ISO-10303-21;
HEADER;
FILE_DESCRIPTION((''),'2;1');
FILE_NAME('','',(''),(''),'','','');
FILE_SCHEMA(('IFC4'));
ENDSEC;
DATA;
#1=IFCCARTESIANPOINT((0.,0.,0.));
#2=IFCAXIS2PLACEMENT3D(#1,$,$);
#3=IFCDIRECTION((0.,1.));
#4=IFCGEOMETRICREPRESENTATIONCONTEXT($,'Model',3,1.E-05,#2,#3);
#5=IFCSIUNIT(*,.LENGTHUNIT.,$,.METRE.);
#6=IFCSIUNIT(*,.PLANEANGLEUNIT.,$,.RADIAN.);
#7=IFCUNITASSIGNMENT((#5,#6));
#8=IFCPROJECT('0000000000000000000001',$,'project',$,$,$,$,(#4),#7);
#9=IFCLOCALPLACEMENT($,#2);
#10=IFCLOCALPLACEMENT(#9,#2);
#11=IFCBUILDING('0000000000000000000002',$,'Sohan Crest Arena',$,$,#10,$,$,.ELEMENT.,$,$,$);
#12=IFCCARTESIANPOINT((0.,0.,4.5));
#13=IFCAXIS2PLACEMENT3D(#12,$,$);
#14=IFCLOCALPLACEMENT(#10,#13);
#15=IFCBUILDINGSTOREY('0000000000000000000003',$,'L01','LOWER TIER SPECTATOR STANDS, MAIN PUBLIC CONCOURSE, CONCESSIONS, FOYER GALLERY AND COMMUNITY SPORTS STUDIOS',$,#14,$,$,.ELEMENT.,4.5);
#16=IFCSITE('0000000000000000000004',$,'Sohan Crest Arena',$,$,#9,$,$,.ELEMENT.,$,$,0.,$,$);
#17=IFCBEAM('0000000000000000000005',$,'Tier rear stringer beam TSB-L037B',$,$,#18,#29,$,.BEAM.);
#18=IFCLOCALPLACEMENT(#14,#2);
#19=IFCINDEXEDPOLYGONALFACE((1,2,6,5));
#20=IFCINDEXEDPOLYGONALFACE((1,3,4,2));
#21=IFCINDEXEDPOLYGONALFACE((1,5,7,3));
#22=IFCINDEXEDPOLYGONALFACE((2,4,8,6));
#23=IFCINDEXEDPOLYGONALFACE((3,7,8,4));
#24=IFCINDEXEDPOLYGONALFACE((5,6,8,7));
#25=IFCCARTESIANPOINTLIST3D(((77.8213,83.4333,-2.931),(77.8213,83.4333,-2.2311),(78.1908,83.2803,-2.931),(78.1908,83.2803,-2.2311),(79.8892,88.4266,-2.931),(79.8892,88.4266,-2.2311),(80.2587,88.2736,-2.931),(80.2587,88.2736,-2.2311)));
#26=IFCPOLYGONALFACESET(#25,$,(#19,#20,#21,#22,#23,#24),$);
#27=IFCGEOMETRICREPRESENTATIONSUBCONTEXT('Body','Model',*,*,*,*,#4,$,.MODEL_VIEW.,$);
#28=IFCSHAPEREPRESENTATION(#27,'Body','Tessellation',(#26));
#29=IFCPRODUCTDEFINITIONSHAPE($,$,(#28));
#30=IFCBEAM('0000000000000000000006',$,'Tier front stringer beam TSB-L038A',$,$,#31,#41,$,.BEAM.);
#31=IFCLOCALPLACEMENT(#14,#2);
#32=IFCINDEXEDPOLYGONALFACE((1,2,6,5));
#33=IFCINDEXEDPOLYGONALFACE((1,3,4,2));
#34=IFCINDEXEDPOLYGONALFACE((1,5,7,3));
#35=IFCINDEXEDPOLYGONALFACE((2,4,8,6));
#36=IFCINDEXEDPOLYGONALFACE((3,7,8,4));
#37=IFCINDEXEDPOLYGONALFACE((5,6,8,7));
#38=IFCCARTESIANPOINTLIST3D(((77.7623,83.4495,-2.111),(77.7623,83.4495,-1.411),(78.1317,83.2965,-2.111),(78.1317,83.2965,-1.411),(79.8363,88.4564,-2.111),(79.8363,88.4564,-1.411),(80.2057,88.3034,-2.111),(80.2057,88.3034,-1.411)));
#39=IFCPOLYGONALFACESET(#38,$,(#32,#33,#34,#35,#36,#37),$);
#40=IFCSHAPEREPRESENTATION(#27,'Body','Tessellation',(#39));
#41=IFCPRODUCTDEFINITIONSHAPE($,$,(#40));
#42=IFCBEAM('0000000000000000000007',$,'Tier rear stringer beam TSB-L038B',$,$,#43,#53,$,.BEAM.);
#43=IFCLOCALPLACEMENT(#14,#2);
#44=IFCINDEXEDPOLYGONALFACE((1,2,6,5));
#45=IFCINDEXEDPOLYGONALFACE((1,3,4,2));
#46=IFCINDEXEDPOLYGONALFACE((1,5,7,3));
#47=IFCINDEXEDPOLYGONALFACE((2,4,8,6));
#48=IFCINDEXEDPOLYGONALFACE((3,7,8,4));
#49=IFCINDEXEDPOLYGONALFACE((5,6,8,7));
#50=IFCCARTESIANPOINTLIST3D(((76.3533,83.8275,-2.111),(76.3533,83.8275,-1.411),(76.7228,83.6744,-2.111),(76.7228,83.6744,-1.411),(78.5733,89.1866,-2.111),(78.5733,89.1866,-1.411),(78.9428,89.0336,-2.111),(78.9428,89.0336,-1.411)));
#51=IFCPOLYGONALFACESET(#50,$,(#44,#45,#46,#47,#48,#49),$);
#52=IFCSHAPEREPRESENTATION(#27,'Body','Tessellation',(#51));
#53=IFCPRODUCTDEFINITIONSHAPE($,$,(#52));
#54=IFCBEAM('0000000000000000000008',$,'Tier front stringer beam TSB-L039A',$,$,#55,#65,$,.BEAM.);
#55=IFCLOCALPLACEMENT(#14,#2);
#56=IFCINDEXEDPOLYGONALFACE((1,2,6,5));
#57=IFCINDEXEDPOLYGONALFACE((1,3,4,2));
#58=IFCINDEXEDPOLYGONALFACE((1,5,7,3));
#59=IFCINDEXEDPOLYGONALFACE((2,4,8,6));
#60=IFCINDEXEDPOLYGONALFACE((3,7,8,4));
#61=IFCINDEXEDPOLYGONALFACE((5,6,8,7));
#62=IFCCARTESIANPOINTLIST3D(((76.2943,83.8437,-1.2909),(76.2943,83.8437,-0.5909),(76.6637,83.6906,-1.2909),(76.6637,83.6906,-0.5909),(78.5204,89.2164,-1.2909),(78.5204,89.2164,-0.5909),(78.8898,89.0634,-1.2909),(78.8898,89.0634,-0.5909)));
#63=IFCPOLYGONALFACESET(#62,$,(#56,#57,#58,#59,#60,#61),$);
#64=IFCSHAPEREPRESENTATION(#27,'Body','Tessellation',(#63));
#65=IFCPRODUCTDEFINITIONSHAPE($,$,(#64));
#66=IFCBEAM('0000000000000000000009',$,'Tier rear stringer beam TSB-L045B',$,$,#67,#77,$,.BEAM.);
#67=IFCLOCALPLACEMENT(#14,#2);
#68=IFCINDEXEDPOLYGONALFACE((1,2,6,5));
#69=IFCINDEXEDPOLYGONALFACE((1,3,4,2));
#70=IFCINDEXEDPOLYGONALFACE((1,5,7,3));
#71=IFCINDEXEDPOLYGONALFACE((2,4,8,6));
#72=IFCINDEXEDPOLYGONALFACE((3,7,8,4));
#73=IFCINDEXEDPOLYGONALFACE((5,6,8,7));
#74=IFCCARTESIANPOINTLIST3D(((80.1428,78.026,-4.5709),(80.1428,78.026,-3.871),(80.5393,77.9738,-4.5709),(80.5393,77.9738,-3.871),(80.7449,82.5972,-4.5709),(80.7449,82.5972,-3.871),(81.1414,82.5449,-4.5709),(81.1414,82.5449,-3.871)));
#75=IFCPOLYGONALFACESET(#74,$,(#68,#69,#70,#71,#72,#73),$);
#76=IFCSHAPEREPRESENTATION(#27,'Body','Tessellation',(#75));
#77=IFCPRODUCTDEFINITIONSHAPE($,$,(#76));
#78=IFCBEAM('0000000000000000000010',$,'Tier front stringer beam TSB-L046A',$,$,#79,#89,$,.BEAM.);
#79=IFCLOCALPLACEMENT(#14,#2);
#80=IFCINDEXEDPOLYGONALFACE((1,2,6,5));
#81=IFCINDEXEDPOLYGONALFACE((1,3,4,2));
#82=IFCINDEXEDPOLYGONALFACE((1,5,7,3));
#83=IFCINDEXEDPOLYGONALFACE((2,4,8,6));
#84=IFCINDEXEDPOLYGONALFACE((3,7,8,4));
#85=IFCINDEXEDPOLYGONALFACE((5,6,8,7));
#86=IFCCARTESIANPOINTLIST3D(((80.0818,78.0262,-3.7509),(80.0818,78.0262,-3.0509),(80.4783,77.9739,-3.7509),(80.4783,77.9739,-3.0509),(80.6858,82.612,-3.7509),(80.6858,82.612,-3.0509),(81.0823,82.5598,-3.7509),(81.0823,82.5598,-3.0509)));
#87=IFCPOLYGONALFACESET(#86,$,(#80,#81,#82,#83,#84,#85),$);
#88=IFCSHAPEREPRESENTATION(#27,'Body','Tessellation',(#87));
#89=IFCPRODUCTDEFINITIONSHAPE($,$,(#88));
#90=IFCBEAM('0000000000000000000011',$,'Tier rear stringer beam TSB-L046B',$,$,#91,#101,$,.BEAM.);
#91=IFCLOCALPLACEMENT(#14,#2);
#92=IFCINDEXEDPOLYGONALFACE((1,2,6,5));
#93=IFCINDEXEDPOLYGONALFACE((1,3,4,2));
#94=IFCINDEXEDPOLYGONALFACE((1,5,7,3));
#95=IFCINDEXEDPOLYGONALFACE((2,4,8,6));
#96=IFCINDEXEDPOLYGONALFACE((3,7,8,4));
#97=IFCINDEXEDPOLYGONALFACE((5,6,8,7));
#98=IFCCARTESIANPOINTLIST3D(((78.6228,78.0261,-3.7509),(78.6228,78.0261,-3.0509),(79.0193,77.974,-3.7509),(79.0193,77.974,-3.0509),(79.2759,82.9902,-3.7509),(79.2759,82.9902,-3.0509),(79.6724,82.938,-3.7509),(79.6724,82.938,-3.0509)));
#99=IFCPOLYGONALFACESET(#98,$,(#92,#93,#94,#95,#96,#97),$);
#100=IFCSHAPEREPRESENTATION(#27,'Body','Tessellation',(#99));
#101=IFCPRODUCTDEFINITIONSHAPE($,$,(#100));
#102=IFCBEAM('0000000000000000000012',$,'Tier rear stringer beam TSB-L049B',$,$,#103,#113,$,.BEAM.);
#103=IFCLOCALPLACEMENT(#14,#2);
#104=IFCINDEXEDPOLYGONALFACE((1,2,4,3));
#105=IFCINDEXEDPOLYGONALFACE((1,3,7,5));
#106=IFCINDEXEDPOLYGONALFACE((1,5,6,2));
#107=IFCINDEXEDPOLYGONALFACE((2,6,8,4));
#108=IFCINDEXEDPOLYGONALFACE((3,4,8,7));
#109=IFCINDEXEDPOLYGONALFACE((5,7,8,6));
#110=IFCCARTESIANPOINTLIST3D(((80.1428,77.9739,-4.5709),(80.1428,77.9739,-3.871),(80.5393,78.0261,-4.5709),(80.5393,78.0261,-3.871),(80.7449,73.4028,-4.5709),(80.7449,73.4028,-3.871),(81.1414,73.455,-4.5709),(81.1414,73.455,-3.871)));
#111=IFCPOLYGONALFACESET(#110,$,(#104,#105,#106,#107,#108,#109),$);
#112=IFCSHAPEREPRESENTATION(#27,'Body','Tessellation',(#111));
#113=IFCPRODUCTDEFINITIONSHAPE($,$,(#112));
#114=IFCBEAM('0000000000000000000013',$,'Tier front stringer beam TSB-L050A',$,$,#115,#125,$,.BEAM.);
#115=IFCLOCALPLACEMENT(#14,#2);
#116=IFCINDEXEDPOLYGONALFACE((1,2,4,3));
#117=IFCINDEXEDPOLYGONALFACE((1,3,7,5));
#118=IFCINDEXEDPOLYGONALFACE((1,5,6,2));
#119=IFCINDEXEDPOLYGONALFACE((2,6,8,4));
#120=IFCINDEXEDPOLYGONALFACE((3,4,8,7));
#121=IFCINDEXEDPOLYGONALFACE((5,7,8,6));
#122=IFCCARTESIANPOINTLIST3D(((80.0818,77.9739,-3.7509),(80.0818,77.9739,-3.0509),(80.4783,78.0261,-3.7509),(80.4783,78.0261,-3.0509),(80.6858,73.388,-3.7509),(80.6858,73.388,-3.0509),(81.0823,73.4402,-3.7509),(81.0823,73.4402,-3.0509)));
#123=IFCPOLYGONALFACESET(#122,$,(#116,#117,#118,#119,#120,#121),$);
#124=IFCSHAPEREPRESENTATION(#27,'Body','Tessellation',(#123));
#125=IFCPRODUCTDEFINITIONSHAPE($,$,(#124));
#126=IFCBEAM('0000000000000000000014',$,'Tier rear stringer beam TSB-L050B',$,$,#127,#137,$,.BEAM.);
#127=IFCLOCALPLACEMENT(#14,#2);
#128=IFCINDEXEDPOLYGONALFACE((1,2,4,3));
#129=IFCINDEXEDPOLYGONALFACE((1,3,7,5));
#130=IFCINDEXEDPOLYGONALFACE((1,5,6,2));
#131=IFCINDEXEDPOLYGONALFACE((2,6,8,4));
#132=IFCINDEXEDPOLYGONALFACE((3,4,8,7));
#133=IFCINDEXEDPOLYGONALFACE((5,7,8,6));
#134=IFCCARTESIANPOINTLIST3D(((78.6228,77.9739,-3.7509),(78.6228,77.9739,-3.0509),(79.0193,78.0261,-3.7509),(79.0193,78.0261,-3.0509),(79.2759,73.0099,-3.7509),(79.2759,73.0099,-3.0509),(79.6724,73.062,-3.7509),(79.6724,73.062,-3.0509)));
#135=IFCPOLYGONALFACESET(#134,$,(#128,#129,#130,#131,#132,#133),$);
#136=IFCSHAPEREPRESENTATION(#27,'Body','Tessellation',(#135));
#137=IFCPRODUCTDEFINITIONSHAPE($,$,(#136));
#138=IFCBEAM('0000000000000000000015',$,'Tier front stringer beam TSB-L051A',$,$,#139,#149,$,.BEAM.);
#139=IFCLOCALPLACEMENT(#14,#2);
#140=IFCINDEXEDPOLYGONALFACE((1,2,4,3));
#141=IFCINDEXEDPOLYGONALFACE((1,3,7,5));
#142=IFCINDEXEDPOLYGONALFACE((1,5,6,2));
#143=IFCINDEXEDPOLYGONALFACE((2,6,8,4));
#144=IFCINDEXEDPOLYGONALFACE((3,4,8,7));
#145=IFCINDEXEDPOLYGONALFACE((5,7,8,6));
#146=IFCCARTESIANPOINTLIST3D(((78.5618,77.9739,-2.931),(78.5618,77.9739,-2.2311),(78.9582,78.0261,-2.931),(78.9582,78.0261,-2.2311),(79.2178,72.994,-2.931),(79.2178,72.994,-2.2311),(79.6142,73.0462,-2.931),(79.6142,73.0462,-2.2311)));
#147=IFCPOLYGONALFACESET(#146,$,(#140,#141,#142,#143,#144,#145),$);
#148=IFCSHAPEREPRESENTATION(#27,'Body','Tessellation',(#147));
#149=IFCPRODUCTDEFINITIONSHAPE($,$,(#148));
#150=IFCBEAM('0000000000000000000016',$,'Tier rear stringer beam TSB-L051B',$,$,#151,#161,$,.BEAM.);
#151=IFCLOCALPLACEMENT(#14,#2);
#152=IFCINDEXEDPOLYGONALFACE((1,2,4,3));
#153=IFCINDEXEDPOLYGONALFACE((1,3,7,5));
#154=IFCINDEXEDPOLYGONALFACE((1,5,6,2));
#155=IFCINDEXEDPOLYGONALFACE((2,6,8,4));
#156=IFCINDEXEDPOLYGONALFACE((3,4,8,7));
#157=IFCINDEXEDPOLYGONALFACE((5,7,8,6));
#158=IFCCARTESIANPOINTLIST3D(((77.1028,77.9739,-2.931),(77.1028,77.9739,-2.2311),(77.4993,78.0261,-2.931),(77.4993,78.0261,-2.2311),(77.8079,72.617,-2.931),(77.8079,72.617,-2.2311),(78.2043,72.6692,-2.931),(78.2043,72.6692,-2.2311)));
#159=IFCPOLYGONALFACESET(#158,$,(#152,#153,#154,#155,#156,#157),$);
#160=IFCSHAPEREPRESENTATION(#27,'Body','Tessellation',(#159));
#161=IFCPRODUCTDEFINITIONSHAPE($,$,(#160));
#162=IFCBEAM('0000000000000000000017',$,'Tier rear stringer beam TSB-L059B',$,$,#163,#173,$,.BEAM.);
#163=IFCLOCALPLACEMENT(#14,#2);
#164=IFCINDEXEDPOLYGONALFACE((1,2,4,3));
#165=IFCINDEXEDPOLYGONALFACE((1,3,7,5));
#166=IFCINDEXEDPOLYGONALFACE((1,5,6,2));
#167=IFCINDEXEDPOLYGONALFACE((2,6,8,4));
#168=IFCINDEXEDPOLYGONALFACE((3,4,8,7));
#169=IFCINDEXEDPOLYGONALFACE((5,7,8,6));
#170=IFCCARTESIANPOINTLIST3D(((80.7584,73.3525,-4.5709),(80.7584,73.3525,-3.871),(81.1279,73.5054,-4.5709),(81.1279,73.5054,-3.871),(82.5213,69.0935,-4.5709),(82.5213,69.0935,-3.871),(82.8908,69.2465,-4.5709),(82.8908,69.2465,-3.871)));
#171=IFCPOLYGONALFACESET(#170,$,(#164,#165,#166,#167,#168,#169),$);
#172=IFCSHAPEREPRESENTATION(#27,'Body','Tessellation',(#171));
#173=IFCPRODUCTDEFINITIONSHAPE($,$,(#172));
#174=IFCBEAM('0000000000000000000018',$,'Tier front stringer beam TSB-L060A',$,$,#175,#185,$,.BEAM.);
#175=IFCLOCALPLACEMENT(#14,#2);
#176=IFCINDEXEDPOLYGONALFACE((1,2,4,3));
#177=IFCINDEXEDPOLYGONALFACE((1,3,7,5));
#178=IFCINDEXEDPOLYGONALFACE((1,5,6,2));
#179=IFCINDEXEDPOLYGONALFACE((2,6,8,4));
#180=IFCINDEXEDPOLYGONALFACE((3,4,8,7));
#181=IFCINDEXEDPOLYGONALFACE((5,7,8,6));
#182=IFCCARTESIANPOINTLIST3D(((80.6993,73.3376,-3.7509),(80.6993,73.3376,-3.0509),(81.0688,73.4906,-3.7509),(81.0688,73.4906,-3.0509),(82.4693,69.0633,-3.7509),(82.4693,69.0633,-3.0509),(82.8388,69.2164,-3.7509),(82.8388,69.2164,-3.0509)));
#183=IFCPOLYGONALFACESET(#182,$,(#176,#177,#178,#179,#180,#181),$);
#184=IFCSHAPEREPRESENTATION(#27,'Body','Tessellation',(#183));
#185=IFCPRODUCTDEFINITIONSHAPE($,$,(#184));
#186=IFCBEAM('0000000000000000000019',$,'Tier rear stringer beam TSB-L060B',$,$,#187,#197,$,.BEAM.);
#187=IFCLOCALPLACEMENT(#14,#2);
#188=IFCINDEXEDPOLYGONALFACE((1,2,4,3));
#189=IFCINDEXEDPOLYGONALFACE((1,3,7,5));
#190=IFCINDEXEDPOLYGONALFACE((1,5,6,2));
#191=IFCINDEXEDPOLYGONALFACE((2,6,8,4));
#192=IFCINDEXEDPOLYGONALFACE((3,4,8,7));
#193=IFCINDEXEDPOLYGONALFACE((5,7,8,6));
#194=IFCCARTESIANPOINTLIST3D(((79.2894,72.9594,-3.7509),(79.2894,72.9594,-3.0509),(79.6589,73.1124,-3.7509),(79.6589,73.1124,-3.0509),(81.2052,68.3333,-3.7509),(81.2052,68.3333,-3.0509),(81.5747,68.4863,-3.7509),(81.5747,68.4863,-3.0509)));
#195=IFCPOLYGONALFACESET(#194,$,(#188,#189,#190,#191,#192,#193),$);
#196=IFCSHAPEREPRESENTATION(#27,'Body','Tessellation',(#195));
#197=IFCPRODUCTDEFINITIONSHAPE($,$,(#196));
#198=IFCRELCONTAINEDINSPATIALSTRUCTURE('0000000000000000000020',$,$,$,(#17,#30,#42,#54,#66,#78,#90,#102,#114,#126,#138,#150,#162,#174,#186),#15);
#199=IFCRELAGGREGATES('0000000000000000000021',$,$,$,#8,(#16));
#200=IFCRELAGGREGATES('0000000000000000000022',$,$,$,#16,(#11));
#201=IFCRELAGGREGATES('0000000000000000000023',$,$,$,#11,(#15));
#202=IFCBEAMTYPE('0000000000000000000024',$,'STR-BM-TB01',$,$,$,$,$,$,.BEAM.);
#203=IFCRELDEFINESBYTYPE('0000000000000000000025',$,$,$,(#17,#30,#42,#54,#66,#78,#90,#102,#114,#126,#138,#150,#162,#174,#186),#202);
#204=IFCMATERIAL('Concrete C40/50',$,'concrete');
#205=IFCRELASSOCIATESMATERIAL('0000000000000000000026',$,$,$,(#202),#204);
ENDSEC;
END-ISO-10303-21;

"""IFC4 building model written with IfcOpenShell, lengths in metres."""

from ifc_helpers import new_model, si_unit, direction, frame, origin, origin_2d, place, context, subcontext, project, spatial, rectangle, extrude, material, material_profile, profile_set, type_object, element, save


model = new_model("IFC4")

# Units and contexts
model_context = context("Model", 3, precision=1e-05, world=origin(), true_north=direction((0.0, 1.0)))
body_context = subcontext(model_context, "Body", "Model", "MODEL_VIEW")
ifc_project = project(units=[si_unit("LENGTHUNIT", "METRE"), si_unit("PLANEANGLEUNIT", "RADIAN")], contexts=[model_context])

# Site, building, storey
site_placement = place(None, origin())
site = spatial("IfcSite", under=ifc_project, at=site_placement, Name="Sohan Crest Arena", CompositionType="ELEMENT", RefElevation=0.0)
building_placement = place(site_placement, origin())
building = spatial("IfcBuilding", under=site, at=building_placement, Name="Sohan Crest Arena", CompositionType="ELEMENT")
storey_placement = place(building_placement, frame((0.0, 0.0, 4.5)))
storey = spatial("IfcBuildingStorey", under=building, at=storey_placement, Name="L01", Description="LOWER TIER SPECTATOR STANDS, MAIN PUBLIC CONCOURSE, CONCESSIONS, FOYER GALLERY AND COMMUNITY SPORTS STUDIOS", CompositionType="ELEMENT", Elevation=4.5)

# Shared definitions
ifc_material_1 = material(Name="Concrete C40/50", Category="concrete")

# Beams
ifc_material_profile_1 = material_profile(ifc_material_1, rectangle(XDim=0.3999, YDim=0.7, at=origin_2d()), Name="RC-BM 400x700")
ifc_profile_set_1 = profile_set([ifc_material_profile_1], Name="Concrete C40/50")
beam_type_1 = type_object("IfcBeamType", Name="STR-BM-TB01", PredefinedType="BEAM", material=ifc_profile_set_1)
beam_1_placement = place(storey_placement, frame((80.074, 88.3501, -2.5811), z_axis=(-0.382626, -0.923903, 0.0), x_axis=(0.923903, -0.382626, 0.0)))
element("IfcBeam", 1, at=beam_1_placement, inside=storey, type_object=beam_type_1, Name="Tier rear stringer beam TSB-L037B", PredefinedType="BEAM", context=body_context, shape_type="SweptSolid", body=[
    extrude(rectangle(XDim=0.3999, YDim=0.7, at=origin_2d()), origin(), (0.0, 0.0, 1.0), 5.4045),
])
beam_2_placement = place(storey_placement, frame((80.021, 88.3799, -1.761), z_axis=(-0.382695, -0.923875, 0.0), x_axis=(0.923875, -0.382695, 0.0)))
element("IfcBeam", 2, at=beam_2_placement, inside=storey, type_object=beam_type_1, Name="Tier front stringer beam TSB-L038A", PredefinedType="BEAM", context=body_context, shape_type="SweptSolid", body=[
    extrude(rectangle(XDim=0.3999, YDim=0.7, at=origin_2d()), origin(), (0.0, 0.0, 1.0), 5.4194),
])
beam_3_placement = place(storey_placement, frame((78.7581, 89.1101, -1.761), z_axis=(-0.382705, -0.923871, 0.0), x_axis=(0.923871, -0.382705, 0.0)))
element("IfcBeam", 3, at=beam_3_placement, inside=storey, type_object=beam_type_1, Name="Tier rear stringer beam TSB-L038B", PredefinedType="BEAM", context=body_context, shape_type="SweptSolid", body=[
    extrude(rectangle(XDim=0.3999, YDim=0.7, at=origin_2d()), origin(), (0.0, 0.0, 1.0), 5.8008),
])
beam_4_placement = place(storey_placement, frame((78.7051, 89.1399, -0.9409), z_axis=(-0.38277, -0.923844, 0.0), x_axis=(0.923844, -0.38277, 0.0)))
element("IfcBeam", 4, at=beam_4_placement, inside=storey, type_object=beam_type_1, Name="Tier front stringer beam TSB-L039A", PredefinedType="BEAM", context=body_context, shape_type="SweptSolid", body=[
    extrude(rectangle(XDim=0.3999, YDim=0.7, at=origin_2d()), origin(), (0.0, 0.0, 1.0), 5.8157),
])
beam_5_placement = place(storey_placement, frame((80.9431, 82.571, -4.2209), z_axis=(-0.130582, -0.991438, 0.0), x_axis=(0.991438, -0.130582, 0.0)))
element("IfcBeam", 5, at=beam_5_placement, inside=storey, type_object=beam_type_1, Name="Tier rear stringer beam TSB-L045B", PredefinedType="BEAM", context=body_context, shape_type="SweptSolid", body=[
    extrude(rectangle(XDim=0.3999, YDim=0.7, at=origin_2d()), origin(), (0.0, 0.0, 1.0), 4.6106),
])
beam_6_placement = place(storey_placement, frame((80.884, 82.5859, -3.4009), z_axis=(-0.13058, -0.991438, 0.0), x_axis=(0.991438, -0.13058, 0.0)))
element("IfcBeam", 6, at=beam_6_placement, inside=storey, type_object=beam_type_1, Name="Tier front stringer beam TSB-L046A", PredefinedType="BEAM", context=body_context, shape_type="SweptSolid", body=[
    extrude(rectangle(XDim=0.3999, YDim=0.7, at=origin_2d()), origin(), (0.0, 0.0, 1.0), 4.6255),
])
beam_7_placement = place(storey_placement, frame((79.4741, 82.9641, -3.4009), z_axis=(-0.130436, -0.991457, 0.0), x_axis=(0.991457, -0.130436, 0.0)))
element("IfcBeam", 7, at=beam_7_placement, inside=storey, type_object=beam_type_1, Name="Tier rear stringer beam TSB-L046B", PredefinedType="BEAM", context=body_context, shape_type="SweptSolid", body=[
    extrude(rectangle(XDim=0.3999, YDim=0.7, at=origin_2d()), origin(), (0.0, 0.0, 1.0), 5.0068),
])
beam_8_placement = place(storey_placement, frame((80.3411, 78.0, -4.2209), z_axis=(0.130582, -0.991438, 0.0), x_axis=(0.991438, 0.130582, 0.0)))
element("IfcBeam", 8, at=beam_8_placement, inside=storey, type_object=beam_type_1, Name="Tier rear stringer beam TSB-L049B", PredefinedType="BEAM", context=body_context, shape_type="SweptSolid", body=[
    extrude(rectangle(XDim=0.3999, YDim=0.7, at=origin_2d()), origin(), (0.0, 0.0, 1.0), 4.6106),
])
beam_9_placement = place(storey_placement, frame((80.28, 78.0, -3.4009), z_axis=(0.13058, -0.991438, 0.0), x_axis=(0.991438, 0.13058, 0.0)))
element("IfcBeam", 9, at=beam_9_placement, inside=storey, type_object=beam_type_1, Name="Tier front stringer beam TSB-L050A", PredefinedType="BEAM", context=body_context, shape_type="SweptSolid", body=[
    extrude(rectangle(XDim=0.3999, YDim=0.7, at=origin_2d()), origin(), (0.0, 0.0, 1.0), 4.6255),
])
beam_10_placement = place(storey_placement, frame((78.821, 78.0, -3.4009), z_axis=(0.130436, -0.991457, 0.0), x_axis=(0.991457, 0.130436, 0.0)))
element("IfcBeam", 10, at=beam_10_placement, inside=storey, type_object=beam_type_1, Name="Tier rear stringer beam TSB-L050B", PredefinedType="BEAM", context=body_context, shape_type="SweptSolid", body=[
    extrude(rectangle(XDim=0.3999, YDim=0.7, at=origin_2d()), origin(), (0.0, 0.0, 1.0), 5.0068),
])
beam_11_placement = place(storey_placement, frame((78.76, 78.0, -2.5811), z_axis=(0.1306, -0.991435, 0.0), x_axis=(0.991435, 0.1306, 0.0)))
element("IfcBeam", 11, at=beam_11_placement, inside=storey, type_object=beam_type_1, Name="Tier front stringer beam TSB-L051A", PredefinedType="BEAM", context=body_context, shape_type="SweptSolid", body=[
    extrude(rectangle(XDim=0.3999, YDim=0.7, at=origin_2d()), origin(), (0.0, 0.0, 1.0), 5.0229),
])
beam_12_placement = place(storey_placement, frame((77.301, 78.0, -2.5811), z_axis=(0.130494, -0.991449, 0.0), x_axis=(0.991449, 0.130494, 0.0)))
element("IfcBeam", 12, at=beam_12_placement, inside=storey, type_object=beam_type_1, Name="Tier rear stringer beam TSB-L051B", PredefinedType="BEAM", context=body_context, shape_type="SweptSolid", body=[
    extrude(rectangle(XDim=0.3999, YDim=0.7, at=origin_2d()), origin(), (0.0, 0.0, 1.0), 5.4031),
])
beam_13_placement = place(storey_placement, frame((80.9431, 73.429, -4.2209), z_axis=(0.382459, -0.923972, 0.0), x_axis=(0.923972, 0.382459, 0.0)))
element("IfcBeam", 13, at=beam_13_placement, inside=storey, type_object=beam_type_1, Name="Tier rear stringer beam TSB-L059B", PredefinedType="BEAM", context=body_context, shape_type="SweptSolid", body=[
    extrude(rectangle(XDim=0.3999, YDim=0.7, at=origin_2d()), origin(), (0.0, 0.0, 1.0), 4.6094),
])
beam_14_placement = place(storey_placement, frame((80.884, 73.4141, -3.4009), z_axis=(0.38261, -0.92391, 0.0), x_axis=(0.92391, 0.38261, 0.0)))
element("IfcBeam", 14, at=beam_14_placement, inside=storey, type_object=beam_type_1, Name="Tier front stringer beam TSB-L060A", PredefinedType="BEAM", context=body_context, shape_type="SweptSolid", body=[
    extrude(rectangle(XDim=0.3999, YDim=0.7, at=origin_2d()), origin(), (0.0, 0.0, 1.0), 4.6262),
])
beam_15_placement = place(storey_placement, frame((79.4741, 73.0359, -3.4009), z_axis=(0.38262, -0.923906, 0.0), x_axis=(0.923906, 0.38262, 0.0)))
element("IfcBeam", 15, at=beam_15_placement, inside=storey, type_object=beam_type_1, Name="Tier rear stringer beam TSB-L060B", PredefinedType="BEAM", context=body_context, shape_type="SweptSolid", body=[
    extrude(rectangle(XDim=0.3999, YDim=0.7, at=origin_2d()), origin(), (0.0, 0.0, 1.0), 5.0071),
])

save(model, "model.ifc")
